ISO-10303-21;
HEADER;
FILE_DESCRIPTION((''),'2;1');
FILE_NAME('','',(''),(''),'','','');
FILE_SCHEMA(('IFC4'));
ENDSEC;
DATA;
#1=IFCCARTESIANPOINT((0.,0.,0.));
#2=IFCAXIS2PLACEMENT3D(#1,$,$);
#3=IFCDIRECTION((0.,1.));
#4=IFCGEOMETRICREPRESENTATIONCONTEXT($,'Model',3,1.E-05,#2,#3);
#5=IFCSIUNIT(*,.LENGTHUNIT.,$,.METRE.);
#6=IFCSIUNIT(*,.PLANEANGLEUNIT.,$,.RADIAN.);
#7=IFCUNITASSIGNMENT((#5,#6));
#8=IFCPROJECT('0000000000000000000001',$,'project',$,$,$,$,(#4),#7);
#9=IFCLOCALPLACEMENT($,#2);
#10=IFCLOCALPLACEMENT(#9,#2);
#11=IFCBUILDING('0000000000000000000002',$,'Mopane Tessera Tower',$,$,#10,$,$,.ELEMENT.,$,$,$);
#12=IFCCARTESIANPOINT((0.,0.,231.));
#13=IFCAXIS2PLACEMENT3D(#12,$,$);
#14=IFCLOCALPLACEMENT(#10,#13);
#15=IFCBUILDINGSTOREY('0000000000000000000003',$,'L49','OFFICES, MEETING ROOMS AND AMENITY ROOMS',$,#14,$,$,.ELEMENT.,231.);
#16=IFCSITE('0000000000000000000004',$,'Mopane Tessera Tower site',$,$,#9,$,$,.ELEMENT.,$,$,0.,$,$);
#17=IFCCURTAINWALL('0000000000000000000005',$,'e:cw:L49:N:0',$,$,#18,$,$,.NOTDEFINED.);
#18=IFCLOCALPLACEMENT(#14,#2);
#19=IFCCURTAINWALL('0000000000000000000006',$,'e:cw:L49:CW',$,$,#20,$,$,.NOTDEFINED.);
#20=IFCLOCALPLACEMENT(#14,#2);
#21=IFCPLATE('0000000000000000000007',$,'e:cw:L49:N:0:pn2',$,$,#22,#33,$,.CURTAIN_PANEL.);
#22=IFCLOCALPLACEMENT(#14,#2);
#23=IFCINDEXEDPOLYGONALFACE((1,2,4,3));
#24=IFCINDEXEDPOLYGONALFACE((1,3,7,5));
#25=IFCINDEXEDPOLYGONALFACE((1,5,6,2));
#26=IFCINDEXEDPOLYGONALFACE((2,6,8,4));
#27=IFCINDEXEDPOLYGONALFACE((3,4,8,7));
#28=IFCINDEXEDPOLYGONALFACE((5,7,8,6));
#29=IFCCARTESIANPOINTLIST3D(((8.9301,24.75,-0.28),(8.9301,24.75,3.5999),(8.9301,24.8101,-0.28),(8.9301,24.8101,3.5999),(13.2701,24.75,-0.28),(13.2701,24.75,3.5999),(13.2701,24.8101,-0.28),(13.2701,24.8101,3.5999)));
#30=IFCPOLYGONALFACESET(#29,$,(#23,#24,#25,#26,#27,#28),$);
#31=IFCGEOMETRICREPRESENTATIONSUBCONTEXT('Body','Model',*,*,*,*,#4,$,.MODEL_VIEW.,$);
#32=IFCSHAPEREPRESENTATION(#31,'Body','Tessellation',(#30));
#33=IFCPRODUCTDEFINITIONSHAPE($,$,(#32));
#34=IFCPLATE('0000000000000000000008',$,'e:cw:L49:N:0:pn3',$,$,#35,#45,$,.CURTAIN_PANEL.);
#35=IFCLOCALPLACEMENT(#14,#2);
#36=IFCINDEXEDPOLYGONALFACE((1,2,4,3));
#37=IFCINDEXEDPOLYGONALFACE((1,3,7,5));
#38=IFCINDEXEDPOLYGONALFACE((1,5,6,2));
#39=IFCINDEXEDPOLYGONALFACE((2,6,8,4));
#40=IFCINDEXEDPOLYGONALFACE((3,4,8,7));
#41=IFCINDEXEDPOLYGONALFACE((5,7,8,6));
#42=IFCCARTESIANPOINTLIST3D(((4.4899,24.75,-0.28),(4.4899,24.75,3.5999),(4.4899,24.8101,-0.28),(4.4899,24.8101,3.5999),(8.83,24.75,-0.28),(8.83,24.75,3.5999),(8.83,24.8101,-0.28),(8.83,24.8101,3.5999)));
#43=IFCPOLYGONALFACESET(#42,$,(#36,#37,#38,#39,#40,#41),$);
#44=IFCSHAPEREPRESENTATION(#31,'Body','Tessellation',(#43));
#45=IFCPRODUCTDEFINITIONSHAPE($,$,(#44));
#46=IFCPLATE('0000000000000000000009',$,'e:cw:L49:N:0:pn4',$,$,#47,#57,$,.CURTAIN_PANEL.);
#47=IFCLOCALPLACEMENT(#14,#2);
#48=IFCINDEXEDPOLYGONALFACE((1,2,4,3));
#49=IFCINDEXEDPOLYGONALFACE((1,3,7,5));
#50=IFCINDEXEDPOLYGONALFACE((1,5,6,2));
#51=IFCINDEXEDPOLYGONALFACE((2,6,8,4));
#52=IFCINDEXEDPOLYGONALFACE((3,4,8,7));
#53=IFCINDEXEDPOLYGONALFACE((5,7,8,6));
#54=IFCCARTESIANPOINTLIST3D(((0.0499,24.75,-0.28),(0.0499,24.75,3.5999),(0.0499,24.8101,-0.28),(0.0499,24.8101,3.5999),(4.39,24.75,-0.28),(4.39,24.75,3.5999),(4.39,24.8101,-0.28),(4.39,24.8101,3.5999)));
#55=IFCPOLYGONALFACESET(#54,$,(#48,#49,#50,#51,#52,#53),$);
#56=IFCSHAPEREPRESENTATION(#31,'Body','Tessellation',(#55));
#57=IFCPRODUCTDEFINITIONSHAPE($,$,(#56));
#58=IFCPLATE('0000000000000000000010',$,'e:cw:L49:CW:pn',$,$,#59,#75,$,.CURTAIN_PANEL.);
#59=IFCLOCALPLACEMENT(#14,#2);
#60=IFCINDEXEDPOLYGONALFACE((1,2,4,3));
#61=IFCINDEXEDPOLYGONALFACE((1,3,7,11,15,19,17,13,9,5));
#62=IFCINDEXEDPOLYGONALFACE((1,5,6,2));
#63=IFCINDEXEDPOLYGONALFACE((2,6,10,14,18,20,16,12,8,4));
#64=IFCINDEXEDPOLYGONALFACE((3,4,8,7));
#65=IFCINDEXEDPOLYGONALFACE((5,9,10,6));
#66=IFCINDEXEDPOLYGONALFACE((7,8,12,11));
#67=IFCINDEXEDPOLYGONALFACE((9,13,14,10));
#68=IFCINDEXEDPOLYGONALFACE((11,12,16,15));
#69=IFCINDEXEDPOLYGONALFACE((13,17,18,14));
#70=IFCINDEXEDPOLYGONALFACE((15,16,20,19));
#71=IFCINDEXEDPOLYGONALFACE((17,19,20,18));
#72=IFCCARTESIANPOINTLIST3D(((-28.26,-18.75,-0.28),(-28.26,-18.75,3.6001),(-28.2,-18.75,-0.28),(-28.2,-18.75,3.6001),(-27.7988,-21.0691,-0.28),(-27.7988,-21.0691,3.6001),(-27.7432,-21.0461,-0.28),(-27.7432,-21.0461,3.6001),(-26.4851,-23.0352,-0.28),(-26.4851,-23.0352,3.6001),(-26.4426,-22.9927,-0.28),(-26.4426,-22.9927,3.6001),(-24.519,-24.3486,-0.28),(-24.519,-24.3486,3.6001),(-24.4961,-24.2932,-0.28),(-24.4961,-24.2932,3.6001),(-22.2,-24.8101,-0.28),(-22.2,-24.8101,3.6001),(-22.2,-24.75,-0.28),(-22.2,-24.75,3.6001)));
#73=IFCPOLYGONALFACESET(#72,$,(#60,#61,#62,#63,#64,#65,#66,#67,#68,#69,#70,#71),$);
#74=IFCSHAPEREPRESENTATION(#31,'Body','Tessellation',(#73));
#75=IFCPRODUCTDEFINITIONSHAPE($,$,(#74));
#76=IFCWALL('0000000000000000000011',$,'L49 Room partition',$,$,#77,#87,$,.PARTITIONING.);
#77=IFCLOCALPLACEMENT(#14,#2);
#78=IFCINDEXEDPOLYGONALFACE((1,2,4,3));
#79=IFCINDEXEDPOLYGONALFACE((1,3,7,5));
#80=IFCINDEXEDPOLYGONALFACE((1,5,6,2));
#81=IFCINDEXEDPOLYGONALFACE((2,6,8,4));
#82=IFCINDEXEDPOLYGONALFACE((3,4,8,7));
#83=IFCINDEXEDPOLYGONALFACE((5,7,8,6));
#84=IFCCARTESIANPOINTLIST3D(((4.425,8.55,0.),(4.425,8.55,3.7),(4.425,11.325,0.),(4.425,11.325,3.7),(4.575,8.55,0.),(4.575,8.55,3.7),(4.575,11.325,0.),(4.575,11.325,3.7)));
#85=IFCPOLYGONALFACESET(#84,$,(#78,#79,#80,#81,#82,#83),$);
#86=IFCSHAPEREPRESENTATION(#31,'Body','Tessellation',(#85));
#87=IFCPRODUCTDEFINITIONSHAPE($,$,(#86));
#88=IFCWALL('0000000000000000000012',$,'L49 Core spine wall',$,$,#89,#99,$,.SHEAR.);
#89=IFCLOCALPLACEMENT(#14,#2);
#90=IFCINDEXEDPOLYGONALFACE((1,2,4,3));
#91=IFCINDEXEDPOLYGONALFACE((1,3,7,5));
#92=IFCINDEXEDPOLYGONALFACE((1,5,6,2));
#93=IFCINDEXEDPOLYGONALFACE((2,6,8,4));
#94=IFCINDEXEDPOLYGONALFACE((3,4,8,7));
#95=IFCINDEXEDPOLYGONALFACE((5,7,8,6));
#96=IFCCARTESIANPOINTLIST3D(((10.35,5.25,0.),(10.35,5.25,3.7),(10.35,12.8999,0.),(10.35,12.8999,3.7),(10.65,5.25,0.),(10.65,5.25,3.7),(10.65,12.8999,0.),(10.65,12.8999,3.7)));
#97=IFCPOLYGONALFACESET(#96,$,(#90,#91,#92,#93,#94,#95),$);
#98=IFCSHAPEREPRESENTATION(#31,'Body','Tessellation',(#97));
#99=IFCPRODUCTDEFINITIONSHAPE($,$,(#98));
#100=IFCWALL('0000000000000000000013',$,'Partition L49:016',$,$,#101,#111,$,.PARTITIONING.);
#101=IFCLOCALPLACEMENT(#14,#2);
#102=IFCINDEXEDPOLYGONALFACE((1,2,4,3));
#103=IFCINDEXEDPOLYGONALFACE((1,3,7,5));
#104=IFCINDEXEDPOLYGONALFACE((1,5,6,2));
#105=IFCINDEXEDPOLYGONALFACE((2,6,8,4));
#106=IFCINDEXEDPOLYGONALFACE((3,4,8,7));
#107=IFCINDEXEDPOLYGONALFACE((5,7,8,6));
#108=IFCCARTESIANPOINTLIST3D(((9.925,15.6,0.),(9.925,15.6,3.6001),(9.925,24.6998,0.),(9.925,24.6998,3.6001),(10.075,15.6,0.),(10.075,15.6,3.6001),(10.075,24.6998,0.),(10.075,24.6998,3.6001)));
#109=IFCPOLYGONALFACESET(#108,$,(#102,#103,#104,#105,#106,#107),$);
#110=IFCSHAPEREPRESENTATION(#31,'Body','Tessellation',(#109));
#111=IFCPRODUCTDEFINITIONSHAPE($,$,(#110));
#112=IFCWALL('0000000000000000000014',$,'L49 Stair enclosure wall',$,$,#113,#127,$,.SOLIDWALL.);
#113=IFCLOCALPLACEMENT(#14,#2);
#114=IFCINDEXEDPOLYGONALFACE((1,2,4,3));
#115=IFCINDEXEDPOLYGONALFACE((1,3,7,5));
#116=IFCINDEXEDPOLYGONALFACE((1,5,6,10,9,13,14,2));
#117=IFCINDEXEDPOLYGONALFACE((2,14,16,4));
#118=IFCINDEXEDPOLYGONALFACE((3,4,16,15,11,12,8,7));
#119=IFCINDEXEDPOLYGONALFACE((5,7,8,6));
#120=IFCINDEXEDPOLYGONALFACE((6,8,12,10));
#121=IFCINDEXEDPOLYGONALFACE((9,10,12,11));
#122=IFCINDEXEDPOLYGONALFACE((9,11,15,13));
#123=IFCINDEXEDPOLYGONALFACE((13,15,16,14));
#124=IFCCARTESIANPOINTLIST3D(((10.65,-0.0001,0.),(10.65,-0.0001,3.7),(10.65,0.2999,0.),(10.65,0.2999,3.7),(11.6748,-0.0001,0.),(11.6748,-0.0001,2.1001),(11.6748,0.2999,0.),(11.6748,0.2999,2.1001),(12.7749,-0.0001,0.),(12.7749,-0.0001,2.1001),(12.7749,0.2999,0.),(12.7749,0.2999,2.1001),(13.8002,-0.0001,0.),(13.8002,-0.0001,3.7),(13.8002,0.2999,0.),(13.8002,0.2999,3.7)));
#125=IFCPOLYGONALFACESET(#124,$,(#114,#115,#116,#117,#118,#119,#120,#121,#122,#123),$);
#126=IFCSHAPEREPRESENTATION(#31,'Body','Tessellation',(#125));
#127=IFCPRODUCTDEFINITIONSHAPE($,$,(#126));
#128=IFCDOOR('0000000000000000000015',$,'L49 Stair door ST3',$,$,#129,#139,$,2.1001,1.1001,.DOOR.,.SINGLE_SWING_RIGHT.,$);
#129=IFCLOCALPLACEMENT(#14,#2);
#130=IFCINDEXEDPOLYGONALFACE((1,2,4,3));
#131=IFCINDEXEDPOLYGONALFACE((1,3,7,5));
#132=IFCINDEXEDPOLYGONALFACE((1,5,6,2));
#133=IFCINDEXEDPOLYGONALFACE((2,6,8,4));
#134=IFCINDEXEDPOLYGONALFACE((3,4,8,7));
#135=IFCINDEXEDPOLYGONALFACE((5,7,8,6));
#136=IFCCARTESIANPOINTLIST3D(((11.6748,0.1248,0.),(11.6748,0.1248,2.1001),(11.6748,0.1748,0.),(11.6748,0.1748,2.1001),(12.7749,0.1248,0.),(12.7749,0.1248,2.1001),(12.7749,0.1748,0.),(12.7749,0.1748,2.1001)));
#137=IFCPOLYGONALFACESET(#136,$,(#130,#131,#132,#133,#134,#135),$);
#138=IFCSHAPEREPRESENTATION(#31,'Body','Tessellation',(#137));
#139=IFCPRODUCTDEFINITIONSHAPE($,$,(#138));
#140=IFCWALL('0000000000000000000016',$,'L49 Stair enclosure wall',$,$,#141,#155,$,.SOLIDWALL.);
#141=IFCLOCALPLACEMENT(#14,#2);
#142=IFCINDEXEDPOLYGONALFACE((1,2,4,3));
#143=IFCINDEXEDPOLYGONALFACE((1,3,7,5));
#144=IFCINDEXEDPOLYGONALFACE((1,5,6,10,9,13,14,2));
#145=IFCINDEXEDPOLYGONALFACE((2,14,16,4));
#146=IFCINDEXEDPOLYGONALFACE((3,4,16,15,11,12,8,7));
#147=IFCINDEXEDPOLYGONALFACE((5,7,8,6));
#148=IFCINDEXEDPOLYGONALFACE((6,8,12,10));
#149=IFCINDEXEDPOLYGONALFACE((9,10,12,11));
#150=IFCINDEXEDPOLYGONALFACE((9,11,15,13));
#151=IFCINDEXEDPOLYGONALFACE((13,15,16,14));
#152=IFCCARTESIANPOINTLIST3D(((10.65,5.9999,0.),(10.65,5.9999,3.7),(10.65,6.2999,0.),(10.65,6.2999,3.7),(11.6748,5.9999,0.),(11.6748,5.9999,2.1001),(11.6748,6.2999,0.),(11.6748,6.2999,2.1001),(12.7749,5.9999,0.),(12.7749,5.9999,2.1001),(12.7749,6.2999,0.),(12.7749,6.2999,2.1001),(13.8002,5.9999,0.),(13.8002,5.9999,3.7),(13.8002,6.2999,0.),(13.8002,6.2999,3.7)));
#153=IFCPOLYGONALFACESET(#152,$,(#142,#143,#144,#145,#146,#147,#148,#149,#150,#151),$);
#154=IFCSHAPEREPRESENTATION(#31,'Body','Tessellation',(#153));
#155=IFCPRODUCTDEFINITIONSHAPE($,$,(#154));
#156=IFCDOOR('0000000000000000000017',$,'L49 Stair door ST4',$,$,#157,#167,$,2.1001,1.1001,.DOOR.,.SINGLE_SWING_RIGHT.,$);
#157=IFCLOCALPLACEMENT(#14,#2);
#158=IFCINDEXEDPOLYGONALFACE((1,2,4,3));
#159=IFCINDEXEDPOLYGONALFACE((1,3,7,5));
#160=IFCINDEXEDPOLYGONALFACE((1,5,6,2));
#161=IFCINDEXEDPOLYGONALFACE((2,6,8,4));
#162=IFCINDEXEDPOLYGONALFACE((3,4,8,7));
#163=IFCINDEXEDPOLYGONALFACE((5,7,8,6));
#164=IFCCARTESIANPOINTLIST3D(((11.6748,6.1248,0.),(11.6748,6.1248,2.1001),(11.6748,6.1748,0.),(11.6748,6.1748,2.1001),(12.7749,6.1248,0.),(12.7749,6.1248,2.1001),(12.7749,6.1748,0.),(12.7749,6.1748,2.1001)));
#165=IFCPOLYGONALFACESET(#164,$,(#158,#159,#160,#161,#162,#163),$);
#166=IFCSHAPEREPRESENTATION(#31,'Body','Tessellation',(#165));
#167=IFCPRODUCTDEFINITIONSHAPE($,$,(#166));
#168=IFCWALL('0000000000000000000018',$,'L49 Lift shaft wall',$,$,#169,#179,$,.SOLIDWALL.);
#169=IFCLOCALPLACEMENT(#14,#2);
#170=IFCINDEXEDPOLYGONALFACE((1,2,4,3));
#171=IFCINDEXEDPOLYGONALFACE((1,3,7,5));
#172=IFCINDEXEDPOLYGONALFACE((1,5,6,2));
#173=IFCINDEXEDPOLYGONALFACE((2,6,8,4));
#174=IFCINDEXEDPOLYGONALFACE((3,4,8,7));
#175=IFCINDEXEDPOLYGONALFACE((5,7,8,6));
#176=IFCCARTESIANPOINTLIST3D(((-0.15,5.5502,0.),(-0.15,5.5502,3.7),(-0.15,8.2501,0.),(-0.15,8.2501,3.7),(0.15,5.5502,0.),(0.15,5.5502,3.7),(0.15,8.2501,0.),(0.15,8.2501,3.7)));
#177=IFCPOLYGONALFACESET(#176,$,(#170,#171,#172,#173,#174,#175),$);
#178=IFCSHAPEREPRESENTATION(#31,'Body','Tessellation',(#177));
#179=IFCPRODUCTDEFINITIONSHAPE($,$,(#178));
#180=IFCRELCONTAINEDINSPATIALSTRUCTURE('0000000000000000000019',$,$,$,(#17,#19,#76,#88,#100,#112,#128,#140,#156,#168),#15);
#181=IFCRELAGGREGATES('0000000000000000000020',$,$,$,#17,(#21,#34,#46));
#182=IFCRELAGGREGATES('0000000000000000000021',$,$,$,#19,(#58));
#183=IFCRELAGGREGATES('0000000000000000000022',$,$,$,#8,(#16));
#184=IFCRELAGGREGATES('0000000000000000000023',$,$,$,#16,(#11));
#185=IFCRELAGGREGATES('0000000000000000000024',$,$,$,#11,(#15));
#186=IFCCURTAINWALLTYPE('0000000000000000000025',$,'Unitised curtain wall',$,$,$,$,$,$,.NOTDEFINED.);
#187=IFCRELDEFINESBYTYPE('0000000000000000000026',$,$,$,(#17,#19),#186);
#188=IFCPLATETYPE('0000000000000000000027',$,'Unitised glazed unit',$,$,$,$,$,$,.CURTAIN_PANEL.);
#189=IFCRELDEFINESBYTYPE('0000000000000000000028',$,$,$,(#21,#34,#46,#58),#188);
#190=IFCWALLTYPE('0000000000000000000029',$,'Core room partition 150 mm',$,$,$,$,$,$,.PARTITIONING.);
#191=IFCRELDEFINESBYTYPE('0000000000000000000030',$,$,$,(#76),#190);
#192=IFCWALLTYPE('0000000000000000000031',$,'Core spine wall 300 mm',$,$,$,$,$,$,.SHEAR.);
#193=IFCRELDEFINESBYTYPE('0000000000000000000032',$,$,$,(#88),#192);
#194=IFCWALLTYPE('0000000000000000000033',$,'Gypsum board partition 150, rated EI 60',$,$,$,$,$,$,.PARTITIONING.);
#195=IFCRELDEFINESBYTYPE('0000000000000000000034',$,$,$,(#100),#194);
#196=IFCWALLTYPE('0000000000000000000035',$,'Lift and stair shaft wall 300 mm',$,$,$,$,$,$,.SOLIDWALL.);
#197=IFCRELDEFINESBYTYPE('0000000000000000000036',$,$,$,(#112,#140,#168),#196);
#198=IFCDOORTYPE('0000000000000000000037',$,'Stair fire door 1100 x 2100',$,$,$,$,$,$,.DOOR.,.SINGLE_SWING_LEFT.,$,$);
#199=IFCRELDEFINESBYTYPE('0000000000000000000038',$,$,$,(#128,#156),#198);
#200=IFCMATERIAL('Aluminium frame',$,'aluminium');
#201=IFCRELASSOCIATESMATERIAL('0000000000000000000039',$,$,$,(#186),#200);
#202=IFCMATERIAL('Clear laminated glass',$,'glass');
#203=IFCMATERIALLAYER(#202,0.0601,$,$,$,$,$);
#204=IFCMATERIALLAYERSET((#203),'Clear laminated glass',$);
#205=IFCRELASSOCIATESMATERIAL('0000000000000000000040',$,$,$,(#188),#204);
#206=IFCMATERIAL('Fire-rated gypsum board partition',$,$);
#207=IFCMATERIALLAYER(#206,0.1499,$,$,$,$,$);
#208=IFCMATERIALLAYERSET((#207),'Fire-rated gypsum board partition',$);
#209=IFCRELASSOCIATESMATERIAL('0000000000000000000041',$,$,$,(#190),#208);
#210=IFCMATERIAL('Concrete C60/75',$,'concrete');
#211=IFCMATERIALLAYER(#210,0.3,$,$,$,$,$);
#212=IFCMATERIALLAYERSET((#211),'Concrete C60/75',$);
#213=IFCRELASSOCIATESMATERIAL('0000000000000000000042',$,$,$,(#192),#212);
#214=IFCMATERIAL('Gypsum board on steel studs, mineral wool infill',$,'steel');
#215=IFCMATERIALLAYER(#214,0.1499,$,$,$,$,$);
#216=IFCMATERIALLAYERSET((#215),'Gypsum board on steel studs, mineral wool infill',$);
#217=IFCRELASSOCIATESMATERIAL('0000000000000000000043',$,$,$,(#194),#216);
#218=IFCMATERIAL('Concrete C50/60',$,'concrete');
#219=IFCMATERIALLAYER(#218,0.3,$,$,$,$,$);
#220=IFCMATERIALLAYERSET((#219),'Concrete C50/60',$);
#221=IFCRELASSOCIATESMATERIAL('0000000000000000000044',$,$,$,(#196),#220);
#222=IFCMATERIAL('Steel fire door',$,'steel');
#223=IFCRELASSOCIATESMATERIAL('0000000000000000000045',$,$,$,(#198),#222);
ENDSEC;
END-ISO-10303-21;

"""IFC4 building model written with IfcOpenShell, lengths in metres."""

from ifc_helpers import new_model, si_unit, direction, frame, frame_2d, origin, origin_2d, place, context, subcontext, project, spatial, polyline, rectangle, outline, extrude, material, layer, layer_set, type_object, element, fill, aggregate, save


model = new_model("IFC4")

# Units and contexts
model_context = context("Model", 3, precision=1e-05, world=origin(), true_north=direction((0.0, 1.0)))
body_context = subcontext(model_context, "Body", "Model", "MODEL_VIEW")
ifc_project = project(units=[si_unit("LENGTHUNIT", "METRE"), si_unit("PLANEANGLEUNIT", "RADIAN")], contexts=[model_context])

# Site, building, storey
site_placement = place(None, origin())
site = spatial("IfcSite", under=ifc_project, at=site_placement, Name="Mopane Tessera Tower site", CompositionType="ELEMENT", RefElevation=0.0)
building_placement = place(site_placement, origin())
building = spatial("IfcBuilding", under=site, at=building_placement, Name="Mopane Tessera Tower", CompositionType="ELEMENT")
storey_placement = place(building_placement, frame((0.0, 0.0, 231.0)))
storey = spatial("IfcBuildingStorey", under=building, at=storey_placement, Name="L49", Description="OFFICES, MEETING ROOMS AND AMENITY ROOMS", CompositionType="ELEMENT", Elevation=231.0)

# Curtain wall
ifc_material_1 = material(Name="Aluminium frame", Category="aluminium")
curtain_wall_type = type_object("IfcCurtainWallType", Name="Unitised curtain wall", PredefinedType="NOTDEFINED", material=ifc_material_1)
curtain_wall_1_placement = place(storey_placement, origin())
curtain_wall_1 = element("IfcCurtainWall", 1, at=curtain_wall_1_placement, inside=storey, type_object=curtain_wall_type, Name="e:cw:L49:N:0", PredefinedType="NOTDEFINED")

# Curtain wall
curtain_wall_2_placement = place(storey_placement, origin())
curtain_wall_2 = element("IfcCurtainWall", 2, at=curtain_wall_2_placement, inside=storey, type_object=curtain_wall_type, Name="e:cw:L49:CW", PredefinedType="NOTDEFINED")

# Plates
ifc_material_2 = material(Name="Clear laminated glass", Category="glass")
ifc_layer_1 = layer(ifc_material_2, 0.0601)
ifc_layer_set_1 = layer_set([ifc_layer_1], Name="Clear laminated glass")
plate_type = type_object("IfcPlateType", Name="Unitised glazed unit", PredefinedType="CURTAIN_PANEL", material=ifc_layer_set_1)
plate_1_placement = place(storey_placement, frame((11.1001, 24.78, -0.28), z_axis=(0.0, 0.0, 1.0), x_axis=(-1.0, 0.0, 0.0)))
plate_1 = element("IfcPlate", 3, at=plate_1_placement, type_object=plate_type, Name="e:cw:L49:N:0:pn2", PredefinedType="CURTAIN_PANEL", context=body_context, shape_type="SweptSolid", body=[
    extrude(rectangle(XDim=4.3401, YDim=0.0601, at=origin_2d()), origin(), (0.0, 0.0, 1.0), 3.8799),
])
plate_2_placement = place(storey_placement, frame((6.6599, 24.78, -0.28), z_axis=(0.0, 0.0, 1.0), x_axis=(-1.0, 0.0, 0.0)))
plate_2 = element("IfcPlate", 4, at=plate_2_placement, type_object=plate_type, Name="e:cw:L49:N:0:pn3", PredefinedType="CURTAIN_PANEL", context=body_context, shape_type="SweptSolid", body=[
    extrude(rectangle(XDim=4.3401, YDim=0.0601, at=origin_2d()), origin(), (0.0, 0.0, 1.0), 3.8799),
])
plate_3_placement = place(storey_placement, frame((2.22, 24.78, -0.28), z_axis=(0.0, 0.0, 1.0), x_axis=(-1.0, 0.0, 0.0)))
plate_3 = element("IfcPlate", 5, at=plate_3_placement, type_object=plate_type, Name="e:cw:L49:N:0:pn4", PredefinedType="CURTAIN_PANEL", context=body_context, shape_type="SweptSolid", body=[
    extrude(rectangle(XDim=4.3401, YDim=0.0601, at=origin_2d()), origin(), (0.0, 0.0, 1.0), 3.8799),
])
aggregate(curtain_wall_1, [plate_1, plate_2, plate_3])
plate_4_placement = place(storey_placement, frame((0.0, 0.0, -0.28)))
plate_4 = element("IfcPlate", 6, at=plate_4_placement, type_object=plate_type, Name="e:cw:L49:CW:pn", PredefinedType="CURTAIN_PANEL", context=body_context, shape_type="SweptSolid", body=[
    extrude(outline(polyline([(-28.2, -18.75), (-27.7432, -21.0461), (-26.4426, -22.9927), (-24.4961, -24.2932), (-22.2, -24.75), (-22.2, -24.8101), (-24.519, -24.3486), (-26.4851, -23.0352), (-27.7988, -21.0691), (-28.26, -18.75), (-28.2, -18.75)])), origin(), (0.0, 0.0, 1.0), 3.8801),
])
aggregate(curtain_wall_2, [plate_4])

# Walls
ifc_material_3 = material(Name="Fire-rated gypsum board partition")
ifc_layer_2 = layer(ifc_material_3, 0.1499)
ifc_layer_set_2 = layer_set([ifc_layer_2], Name="Fire-rated gypsum board partition")
wall_type_1 = type_object("IfcWallType", Name="Core room partition 150 mm", PredefinedType="PARTITIONING", material=ifc_layer_set_2)
wall_1_placement = place(storey_placement, frame((4.5, 8.55, 0.0), z_axis=(0.0, 0.0, 1.0), x_axis=(0.0, 1.0, 0.0)))
element("IfcWall", 7, at=wall_1_placement, inside=storey, type_object=wall_type_1, Name="L49 Room partition", PredefinedType="PARTITIONING", context=body_context, shape_type="SweptSolid", body=[
    extrude(rectangle(XDim=2.7749, YDim=0.1499, at=frame_2d((1.3875, 0.0))), origin(), (0.0, 0.0, 1.0), 3.7),
])
ifc_material_4 = material(Name="Concrete C60/75", Category="concrete")
ifc_layer_3 = layer(ifc_material_4, 0.3)
ifc_layer_set_3 = layer_set([ifc_layer_3], Name="Concrete C60/75")
wall_type_2 = type_object("IfcWallType", Name="Core spine wall 300 mm", PredefinedType="SHEAR", material=ifc_layer_set_3)
wall_2_placement = place(storey_placement, frame((10.5, 5.25, 0.0), z_axis=(0.0, 0.0, 1.0), x_axis=(0.0, 1.0, 0.0)))
element("IfcWall", 8, at=wall_2_placement, inside=storey, type_object=wall_type_2, Name="L49 Core spine wall", PredefinedType="SHEAR", context=body_context, shape_type="SweptSolid", body=[
    extrude(rectangle(XDim=7.6499, YDim=0.3, at=frame_2d((3.825, 0.0))), origin(), (0.0, 0.0, 1.0), 3.7),
])
ifc_material_5 = material(Name="Gypsum board on steel studs, mineral wool infill", Category="steel")
ifc_layer_4 = layer(ifc_material_5, 0.1499)
ifc_layer_set_4 = layer_set([ifc_layer_4], Name="Gypsum board on steel studs, mineral wool infill")
wall_type_3 = type_object("IfcWallType", Name="Gypsum board partition 150, rated EI 60", PredefinedType="PARTITIONING", material=ifc_layer_set_4)
wall_3_placement = place(storey_placement, frame((10.0, 15.6001, 0.0), z_axis=(0.0, 0.0, 1.0), x_axis=(0.0, 1.0, 0.0)))
element("IfcWall", 9, at=wall_3_placement, inside=storey, type_object=wall_type_3, Name="Partition L49:016", PredefinedType="PARTITIONING", context=body_context, shape_type="SweptSolid", body=[
    extrude(rectangle(XDim=9.0999, YDim=0.1499, at=frame_2d((4.5498, 0.0))), origin(), (0.0, 0.0, 1.0), 3.6001),
])

# Walls, openings, doors
ifc_material_6 = material(Name="Concrete C50/60", Category="concrete")
ifc_layer_5 = layer(ifc_material_6, 0.3)
ifc_layer_set_5 = layer_set([ifc_layer_5], Name="Concrete C50/60")
wall_type_4 = type_object("IfcWallType", Name="Lift and stair shaft wall 300 mm", PredefinedType="SOLIDWALL", material=ifc_layer_set_5)
wall_4_placement = place(storey_placement, frame((10.6499, 0.1499, 0.0), z_axis=(0.0, 0.0, 1.0), x_axis=(1.0, 0.0, 0.0)))
wall_4 = element("IfcWall", 10, at=wall_4_placement, inside=storey, type_object=wall_type_4, Name="L49 Stair enclosure wall", PredefinedType="SOLIDWALL", context=body_context, shape_type="SweptSolid", body=[
    extrude(rectangle(XDim=3.1501, YDim=0.3, at=frame_2d((1.5752, 0.0))), origin(), (0.0, 0.0, 1.0), 3.7),
])
opening_1_placement = place(wall_4_placement, frame((1.0249, 0.0, 0.0)))
opening_1 = element("IfcOpeningElement", 11, at=opening_1_placement, cuts=wall_4, PredefinedType="OPENING", context=body_context, shape_type="SweptSolid", body=[
    extrude(rectangle(XDim=1.1001, YDim=2.1001, at=frame_2d((0.55, 1.05))), frame((0.0, 0.1621, 0.0), z_axis=(0.0, -1.0, 0.0), x_axis=(1.0, 0.0, 0.0)), (0.0, 0.0, 1.0), 0.324),
])
ifc_material_7 = material(Name="Steel fire door", Category="steel")
door_type = type_object("IfcDoorType", Name="Stair fire door 1100 x 2100", OperationType="SINGLE_SWING_LEFT", PredefinedType="DOOR", material=ifc_material_7)
door_1_placement = place(opening_1_placement, origin())
door_1 = element("IfcDoor", 12, at=door_1_placement, inside=storey, type_object=door_type, Name="L49 Stair door ST3", OperationType="SINGLE_SWING_RIGHT", OverallHeight=2.1001, OverallWidth=1.1001, PredefinedType="DOOR", context=body_context, shape_type="SweptSolid", body=[
    extrude(rectangle(XDim=1.1001, YDim=2.1001, at=frame_2d((0.55, 1.05))), frame((0.0, 0.0249, 0.0), z_axis=(0.0, -1.0, 0.0), x_axis=(1.0, 0.0, 0.0)), (0.0, 0.0, 1.0), 0.05),
])
fill(opening_1, door_1)
wall_5_placement = place(storey_placement, frame((10.6499, 6.1499, 0.0), z_axis=(0.0, 0.0, 1.0), x_axis=(1.0, 0.0, 0.0)))
wall_5 = element("IfcWall", 13, at=wall_5_placement, inside=storey, type_object=wall_type_4, Name="L49 Stair enclosure wall", PredefinedType="SOLIDWALL", context=body_context, shape_type="SweptSolid", body=[
    extrude(rectangle(XDim=3.1501, YDim=0.3, at=frame_2d((1.5752, 0.0))), origin(), (0.0, 0.0, 1.0), 3.7),
])
opening_2_placement = place(wall_5_placement, frame((1.0249, 0.0, 0.0)))
opening_2 = element("IfcOpeningElement", 14, at=opening_2_placement, cuts=wall_5, PredefinedType="OPENING", context=body_context, shape_type="SweptSolid", body=[
    extrude(rectangle(XDim=1.1001, YDim=2.1001, at=frame_2d((0.55, 1.05))), frame((0.0, 0.1621, 0.0), z_axis=(0.0, -1.0, 0.0), x_axis=(1.0, 0.0, 0.0)), (0.0, 0.0, 1.0), 0.324),
])
door_2_placement = place(opening_2_placement, origin())
door_2 = element("IfcDoor", 15, at=door_2_placement, inside=storey, type_object=door_type, Name="L49 Stair door ST4", OperationType="SINGLE_SWING_RIGHT", OverallHeight=2.1001, OverallWidth=1.1001, PredefinedType="DOOR", context=body_context, shape_type="SweptSolid", body=[
    extrude(rectangle(XDim=1.1001, YDim=2.1001, at=frame_2d((0.55, 1.05))), frame((0.0, 0.0249, 0.0), z_axis=(0.0, -1.0, 0.0), x_axis=(1.0, 0.0, 0.0)), (0.0, 0.0, 1.0), 0.05),
])
fill(opening_2, door_2)

# Wall
for number, where, z_axis, x_axis, name in (
    (16, (0.0, 5.55, 0.0), (0.0, 0.0, 1.0), (0.0, 1.0, 0.0), "L49 Lift shaft wall"),
):
    element("IfcWall", number, at=place(storey_placement, frame(where, z_axis=z_axis, x_axis=x_axis)), inside=storey, type_object=wall_type_4, Name=name, PredefinedType="SOLIDWALL", context=body_context, shape_type="SweptSolid", body=[
        extrude(rectangle(XDim=2.7, YDim=0.3, at=frame_2d((1.3501, 0.0))), origin(), (0.0, 0.0, 1.0), 3.7),
    ])

save(model, "model.ifc")
